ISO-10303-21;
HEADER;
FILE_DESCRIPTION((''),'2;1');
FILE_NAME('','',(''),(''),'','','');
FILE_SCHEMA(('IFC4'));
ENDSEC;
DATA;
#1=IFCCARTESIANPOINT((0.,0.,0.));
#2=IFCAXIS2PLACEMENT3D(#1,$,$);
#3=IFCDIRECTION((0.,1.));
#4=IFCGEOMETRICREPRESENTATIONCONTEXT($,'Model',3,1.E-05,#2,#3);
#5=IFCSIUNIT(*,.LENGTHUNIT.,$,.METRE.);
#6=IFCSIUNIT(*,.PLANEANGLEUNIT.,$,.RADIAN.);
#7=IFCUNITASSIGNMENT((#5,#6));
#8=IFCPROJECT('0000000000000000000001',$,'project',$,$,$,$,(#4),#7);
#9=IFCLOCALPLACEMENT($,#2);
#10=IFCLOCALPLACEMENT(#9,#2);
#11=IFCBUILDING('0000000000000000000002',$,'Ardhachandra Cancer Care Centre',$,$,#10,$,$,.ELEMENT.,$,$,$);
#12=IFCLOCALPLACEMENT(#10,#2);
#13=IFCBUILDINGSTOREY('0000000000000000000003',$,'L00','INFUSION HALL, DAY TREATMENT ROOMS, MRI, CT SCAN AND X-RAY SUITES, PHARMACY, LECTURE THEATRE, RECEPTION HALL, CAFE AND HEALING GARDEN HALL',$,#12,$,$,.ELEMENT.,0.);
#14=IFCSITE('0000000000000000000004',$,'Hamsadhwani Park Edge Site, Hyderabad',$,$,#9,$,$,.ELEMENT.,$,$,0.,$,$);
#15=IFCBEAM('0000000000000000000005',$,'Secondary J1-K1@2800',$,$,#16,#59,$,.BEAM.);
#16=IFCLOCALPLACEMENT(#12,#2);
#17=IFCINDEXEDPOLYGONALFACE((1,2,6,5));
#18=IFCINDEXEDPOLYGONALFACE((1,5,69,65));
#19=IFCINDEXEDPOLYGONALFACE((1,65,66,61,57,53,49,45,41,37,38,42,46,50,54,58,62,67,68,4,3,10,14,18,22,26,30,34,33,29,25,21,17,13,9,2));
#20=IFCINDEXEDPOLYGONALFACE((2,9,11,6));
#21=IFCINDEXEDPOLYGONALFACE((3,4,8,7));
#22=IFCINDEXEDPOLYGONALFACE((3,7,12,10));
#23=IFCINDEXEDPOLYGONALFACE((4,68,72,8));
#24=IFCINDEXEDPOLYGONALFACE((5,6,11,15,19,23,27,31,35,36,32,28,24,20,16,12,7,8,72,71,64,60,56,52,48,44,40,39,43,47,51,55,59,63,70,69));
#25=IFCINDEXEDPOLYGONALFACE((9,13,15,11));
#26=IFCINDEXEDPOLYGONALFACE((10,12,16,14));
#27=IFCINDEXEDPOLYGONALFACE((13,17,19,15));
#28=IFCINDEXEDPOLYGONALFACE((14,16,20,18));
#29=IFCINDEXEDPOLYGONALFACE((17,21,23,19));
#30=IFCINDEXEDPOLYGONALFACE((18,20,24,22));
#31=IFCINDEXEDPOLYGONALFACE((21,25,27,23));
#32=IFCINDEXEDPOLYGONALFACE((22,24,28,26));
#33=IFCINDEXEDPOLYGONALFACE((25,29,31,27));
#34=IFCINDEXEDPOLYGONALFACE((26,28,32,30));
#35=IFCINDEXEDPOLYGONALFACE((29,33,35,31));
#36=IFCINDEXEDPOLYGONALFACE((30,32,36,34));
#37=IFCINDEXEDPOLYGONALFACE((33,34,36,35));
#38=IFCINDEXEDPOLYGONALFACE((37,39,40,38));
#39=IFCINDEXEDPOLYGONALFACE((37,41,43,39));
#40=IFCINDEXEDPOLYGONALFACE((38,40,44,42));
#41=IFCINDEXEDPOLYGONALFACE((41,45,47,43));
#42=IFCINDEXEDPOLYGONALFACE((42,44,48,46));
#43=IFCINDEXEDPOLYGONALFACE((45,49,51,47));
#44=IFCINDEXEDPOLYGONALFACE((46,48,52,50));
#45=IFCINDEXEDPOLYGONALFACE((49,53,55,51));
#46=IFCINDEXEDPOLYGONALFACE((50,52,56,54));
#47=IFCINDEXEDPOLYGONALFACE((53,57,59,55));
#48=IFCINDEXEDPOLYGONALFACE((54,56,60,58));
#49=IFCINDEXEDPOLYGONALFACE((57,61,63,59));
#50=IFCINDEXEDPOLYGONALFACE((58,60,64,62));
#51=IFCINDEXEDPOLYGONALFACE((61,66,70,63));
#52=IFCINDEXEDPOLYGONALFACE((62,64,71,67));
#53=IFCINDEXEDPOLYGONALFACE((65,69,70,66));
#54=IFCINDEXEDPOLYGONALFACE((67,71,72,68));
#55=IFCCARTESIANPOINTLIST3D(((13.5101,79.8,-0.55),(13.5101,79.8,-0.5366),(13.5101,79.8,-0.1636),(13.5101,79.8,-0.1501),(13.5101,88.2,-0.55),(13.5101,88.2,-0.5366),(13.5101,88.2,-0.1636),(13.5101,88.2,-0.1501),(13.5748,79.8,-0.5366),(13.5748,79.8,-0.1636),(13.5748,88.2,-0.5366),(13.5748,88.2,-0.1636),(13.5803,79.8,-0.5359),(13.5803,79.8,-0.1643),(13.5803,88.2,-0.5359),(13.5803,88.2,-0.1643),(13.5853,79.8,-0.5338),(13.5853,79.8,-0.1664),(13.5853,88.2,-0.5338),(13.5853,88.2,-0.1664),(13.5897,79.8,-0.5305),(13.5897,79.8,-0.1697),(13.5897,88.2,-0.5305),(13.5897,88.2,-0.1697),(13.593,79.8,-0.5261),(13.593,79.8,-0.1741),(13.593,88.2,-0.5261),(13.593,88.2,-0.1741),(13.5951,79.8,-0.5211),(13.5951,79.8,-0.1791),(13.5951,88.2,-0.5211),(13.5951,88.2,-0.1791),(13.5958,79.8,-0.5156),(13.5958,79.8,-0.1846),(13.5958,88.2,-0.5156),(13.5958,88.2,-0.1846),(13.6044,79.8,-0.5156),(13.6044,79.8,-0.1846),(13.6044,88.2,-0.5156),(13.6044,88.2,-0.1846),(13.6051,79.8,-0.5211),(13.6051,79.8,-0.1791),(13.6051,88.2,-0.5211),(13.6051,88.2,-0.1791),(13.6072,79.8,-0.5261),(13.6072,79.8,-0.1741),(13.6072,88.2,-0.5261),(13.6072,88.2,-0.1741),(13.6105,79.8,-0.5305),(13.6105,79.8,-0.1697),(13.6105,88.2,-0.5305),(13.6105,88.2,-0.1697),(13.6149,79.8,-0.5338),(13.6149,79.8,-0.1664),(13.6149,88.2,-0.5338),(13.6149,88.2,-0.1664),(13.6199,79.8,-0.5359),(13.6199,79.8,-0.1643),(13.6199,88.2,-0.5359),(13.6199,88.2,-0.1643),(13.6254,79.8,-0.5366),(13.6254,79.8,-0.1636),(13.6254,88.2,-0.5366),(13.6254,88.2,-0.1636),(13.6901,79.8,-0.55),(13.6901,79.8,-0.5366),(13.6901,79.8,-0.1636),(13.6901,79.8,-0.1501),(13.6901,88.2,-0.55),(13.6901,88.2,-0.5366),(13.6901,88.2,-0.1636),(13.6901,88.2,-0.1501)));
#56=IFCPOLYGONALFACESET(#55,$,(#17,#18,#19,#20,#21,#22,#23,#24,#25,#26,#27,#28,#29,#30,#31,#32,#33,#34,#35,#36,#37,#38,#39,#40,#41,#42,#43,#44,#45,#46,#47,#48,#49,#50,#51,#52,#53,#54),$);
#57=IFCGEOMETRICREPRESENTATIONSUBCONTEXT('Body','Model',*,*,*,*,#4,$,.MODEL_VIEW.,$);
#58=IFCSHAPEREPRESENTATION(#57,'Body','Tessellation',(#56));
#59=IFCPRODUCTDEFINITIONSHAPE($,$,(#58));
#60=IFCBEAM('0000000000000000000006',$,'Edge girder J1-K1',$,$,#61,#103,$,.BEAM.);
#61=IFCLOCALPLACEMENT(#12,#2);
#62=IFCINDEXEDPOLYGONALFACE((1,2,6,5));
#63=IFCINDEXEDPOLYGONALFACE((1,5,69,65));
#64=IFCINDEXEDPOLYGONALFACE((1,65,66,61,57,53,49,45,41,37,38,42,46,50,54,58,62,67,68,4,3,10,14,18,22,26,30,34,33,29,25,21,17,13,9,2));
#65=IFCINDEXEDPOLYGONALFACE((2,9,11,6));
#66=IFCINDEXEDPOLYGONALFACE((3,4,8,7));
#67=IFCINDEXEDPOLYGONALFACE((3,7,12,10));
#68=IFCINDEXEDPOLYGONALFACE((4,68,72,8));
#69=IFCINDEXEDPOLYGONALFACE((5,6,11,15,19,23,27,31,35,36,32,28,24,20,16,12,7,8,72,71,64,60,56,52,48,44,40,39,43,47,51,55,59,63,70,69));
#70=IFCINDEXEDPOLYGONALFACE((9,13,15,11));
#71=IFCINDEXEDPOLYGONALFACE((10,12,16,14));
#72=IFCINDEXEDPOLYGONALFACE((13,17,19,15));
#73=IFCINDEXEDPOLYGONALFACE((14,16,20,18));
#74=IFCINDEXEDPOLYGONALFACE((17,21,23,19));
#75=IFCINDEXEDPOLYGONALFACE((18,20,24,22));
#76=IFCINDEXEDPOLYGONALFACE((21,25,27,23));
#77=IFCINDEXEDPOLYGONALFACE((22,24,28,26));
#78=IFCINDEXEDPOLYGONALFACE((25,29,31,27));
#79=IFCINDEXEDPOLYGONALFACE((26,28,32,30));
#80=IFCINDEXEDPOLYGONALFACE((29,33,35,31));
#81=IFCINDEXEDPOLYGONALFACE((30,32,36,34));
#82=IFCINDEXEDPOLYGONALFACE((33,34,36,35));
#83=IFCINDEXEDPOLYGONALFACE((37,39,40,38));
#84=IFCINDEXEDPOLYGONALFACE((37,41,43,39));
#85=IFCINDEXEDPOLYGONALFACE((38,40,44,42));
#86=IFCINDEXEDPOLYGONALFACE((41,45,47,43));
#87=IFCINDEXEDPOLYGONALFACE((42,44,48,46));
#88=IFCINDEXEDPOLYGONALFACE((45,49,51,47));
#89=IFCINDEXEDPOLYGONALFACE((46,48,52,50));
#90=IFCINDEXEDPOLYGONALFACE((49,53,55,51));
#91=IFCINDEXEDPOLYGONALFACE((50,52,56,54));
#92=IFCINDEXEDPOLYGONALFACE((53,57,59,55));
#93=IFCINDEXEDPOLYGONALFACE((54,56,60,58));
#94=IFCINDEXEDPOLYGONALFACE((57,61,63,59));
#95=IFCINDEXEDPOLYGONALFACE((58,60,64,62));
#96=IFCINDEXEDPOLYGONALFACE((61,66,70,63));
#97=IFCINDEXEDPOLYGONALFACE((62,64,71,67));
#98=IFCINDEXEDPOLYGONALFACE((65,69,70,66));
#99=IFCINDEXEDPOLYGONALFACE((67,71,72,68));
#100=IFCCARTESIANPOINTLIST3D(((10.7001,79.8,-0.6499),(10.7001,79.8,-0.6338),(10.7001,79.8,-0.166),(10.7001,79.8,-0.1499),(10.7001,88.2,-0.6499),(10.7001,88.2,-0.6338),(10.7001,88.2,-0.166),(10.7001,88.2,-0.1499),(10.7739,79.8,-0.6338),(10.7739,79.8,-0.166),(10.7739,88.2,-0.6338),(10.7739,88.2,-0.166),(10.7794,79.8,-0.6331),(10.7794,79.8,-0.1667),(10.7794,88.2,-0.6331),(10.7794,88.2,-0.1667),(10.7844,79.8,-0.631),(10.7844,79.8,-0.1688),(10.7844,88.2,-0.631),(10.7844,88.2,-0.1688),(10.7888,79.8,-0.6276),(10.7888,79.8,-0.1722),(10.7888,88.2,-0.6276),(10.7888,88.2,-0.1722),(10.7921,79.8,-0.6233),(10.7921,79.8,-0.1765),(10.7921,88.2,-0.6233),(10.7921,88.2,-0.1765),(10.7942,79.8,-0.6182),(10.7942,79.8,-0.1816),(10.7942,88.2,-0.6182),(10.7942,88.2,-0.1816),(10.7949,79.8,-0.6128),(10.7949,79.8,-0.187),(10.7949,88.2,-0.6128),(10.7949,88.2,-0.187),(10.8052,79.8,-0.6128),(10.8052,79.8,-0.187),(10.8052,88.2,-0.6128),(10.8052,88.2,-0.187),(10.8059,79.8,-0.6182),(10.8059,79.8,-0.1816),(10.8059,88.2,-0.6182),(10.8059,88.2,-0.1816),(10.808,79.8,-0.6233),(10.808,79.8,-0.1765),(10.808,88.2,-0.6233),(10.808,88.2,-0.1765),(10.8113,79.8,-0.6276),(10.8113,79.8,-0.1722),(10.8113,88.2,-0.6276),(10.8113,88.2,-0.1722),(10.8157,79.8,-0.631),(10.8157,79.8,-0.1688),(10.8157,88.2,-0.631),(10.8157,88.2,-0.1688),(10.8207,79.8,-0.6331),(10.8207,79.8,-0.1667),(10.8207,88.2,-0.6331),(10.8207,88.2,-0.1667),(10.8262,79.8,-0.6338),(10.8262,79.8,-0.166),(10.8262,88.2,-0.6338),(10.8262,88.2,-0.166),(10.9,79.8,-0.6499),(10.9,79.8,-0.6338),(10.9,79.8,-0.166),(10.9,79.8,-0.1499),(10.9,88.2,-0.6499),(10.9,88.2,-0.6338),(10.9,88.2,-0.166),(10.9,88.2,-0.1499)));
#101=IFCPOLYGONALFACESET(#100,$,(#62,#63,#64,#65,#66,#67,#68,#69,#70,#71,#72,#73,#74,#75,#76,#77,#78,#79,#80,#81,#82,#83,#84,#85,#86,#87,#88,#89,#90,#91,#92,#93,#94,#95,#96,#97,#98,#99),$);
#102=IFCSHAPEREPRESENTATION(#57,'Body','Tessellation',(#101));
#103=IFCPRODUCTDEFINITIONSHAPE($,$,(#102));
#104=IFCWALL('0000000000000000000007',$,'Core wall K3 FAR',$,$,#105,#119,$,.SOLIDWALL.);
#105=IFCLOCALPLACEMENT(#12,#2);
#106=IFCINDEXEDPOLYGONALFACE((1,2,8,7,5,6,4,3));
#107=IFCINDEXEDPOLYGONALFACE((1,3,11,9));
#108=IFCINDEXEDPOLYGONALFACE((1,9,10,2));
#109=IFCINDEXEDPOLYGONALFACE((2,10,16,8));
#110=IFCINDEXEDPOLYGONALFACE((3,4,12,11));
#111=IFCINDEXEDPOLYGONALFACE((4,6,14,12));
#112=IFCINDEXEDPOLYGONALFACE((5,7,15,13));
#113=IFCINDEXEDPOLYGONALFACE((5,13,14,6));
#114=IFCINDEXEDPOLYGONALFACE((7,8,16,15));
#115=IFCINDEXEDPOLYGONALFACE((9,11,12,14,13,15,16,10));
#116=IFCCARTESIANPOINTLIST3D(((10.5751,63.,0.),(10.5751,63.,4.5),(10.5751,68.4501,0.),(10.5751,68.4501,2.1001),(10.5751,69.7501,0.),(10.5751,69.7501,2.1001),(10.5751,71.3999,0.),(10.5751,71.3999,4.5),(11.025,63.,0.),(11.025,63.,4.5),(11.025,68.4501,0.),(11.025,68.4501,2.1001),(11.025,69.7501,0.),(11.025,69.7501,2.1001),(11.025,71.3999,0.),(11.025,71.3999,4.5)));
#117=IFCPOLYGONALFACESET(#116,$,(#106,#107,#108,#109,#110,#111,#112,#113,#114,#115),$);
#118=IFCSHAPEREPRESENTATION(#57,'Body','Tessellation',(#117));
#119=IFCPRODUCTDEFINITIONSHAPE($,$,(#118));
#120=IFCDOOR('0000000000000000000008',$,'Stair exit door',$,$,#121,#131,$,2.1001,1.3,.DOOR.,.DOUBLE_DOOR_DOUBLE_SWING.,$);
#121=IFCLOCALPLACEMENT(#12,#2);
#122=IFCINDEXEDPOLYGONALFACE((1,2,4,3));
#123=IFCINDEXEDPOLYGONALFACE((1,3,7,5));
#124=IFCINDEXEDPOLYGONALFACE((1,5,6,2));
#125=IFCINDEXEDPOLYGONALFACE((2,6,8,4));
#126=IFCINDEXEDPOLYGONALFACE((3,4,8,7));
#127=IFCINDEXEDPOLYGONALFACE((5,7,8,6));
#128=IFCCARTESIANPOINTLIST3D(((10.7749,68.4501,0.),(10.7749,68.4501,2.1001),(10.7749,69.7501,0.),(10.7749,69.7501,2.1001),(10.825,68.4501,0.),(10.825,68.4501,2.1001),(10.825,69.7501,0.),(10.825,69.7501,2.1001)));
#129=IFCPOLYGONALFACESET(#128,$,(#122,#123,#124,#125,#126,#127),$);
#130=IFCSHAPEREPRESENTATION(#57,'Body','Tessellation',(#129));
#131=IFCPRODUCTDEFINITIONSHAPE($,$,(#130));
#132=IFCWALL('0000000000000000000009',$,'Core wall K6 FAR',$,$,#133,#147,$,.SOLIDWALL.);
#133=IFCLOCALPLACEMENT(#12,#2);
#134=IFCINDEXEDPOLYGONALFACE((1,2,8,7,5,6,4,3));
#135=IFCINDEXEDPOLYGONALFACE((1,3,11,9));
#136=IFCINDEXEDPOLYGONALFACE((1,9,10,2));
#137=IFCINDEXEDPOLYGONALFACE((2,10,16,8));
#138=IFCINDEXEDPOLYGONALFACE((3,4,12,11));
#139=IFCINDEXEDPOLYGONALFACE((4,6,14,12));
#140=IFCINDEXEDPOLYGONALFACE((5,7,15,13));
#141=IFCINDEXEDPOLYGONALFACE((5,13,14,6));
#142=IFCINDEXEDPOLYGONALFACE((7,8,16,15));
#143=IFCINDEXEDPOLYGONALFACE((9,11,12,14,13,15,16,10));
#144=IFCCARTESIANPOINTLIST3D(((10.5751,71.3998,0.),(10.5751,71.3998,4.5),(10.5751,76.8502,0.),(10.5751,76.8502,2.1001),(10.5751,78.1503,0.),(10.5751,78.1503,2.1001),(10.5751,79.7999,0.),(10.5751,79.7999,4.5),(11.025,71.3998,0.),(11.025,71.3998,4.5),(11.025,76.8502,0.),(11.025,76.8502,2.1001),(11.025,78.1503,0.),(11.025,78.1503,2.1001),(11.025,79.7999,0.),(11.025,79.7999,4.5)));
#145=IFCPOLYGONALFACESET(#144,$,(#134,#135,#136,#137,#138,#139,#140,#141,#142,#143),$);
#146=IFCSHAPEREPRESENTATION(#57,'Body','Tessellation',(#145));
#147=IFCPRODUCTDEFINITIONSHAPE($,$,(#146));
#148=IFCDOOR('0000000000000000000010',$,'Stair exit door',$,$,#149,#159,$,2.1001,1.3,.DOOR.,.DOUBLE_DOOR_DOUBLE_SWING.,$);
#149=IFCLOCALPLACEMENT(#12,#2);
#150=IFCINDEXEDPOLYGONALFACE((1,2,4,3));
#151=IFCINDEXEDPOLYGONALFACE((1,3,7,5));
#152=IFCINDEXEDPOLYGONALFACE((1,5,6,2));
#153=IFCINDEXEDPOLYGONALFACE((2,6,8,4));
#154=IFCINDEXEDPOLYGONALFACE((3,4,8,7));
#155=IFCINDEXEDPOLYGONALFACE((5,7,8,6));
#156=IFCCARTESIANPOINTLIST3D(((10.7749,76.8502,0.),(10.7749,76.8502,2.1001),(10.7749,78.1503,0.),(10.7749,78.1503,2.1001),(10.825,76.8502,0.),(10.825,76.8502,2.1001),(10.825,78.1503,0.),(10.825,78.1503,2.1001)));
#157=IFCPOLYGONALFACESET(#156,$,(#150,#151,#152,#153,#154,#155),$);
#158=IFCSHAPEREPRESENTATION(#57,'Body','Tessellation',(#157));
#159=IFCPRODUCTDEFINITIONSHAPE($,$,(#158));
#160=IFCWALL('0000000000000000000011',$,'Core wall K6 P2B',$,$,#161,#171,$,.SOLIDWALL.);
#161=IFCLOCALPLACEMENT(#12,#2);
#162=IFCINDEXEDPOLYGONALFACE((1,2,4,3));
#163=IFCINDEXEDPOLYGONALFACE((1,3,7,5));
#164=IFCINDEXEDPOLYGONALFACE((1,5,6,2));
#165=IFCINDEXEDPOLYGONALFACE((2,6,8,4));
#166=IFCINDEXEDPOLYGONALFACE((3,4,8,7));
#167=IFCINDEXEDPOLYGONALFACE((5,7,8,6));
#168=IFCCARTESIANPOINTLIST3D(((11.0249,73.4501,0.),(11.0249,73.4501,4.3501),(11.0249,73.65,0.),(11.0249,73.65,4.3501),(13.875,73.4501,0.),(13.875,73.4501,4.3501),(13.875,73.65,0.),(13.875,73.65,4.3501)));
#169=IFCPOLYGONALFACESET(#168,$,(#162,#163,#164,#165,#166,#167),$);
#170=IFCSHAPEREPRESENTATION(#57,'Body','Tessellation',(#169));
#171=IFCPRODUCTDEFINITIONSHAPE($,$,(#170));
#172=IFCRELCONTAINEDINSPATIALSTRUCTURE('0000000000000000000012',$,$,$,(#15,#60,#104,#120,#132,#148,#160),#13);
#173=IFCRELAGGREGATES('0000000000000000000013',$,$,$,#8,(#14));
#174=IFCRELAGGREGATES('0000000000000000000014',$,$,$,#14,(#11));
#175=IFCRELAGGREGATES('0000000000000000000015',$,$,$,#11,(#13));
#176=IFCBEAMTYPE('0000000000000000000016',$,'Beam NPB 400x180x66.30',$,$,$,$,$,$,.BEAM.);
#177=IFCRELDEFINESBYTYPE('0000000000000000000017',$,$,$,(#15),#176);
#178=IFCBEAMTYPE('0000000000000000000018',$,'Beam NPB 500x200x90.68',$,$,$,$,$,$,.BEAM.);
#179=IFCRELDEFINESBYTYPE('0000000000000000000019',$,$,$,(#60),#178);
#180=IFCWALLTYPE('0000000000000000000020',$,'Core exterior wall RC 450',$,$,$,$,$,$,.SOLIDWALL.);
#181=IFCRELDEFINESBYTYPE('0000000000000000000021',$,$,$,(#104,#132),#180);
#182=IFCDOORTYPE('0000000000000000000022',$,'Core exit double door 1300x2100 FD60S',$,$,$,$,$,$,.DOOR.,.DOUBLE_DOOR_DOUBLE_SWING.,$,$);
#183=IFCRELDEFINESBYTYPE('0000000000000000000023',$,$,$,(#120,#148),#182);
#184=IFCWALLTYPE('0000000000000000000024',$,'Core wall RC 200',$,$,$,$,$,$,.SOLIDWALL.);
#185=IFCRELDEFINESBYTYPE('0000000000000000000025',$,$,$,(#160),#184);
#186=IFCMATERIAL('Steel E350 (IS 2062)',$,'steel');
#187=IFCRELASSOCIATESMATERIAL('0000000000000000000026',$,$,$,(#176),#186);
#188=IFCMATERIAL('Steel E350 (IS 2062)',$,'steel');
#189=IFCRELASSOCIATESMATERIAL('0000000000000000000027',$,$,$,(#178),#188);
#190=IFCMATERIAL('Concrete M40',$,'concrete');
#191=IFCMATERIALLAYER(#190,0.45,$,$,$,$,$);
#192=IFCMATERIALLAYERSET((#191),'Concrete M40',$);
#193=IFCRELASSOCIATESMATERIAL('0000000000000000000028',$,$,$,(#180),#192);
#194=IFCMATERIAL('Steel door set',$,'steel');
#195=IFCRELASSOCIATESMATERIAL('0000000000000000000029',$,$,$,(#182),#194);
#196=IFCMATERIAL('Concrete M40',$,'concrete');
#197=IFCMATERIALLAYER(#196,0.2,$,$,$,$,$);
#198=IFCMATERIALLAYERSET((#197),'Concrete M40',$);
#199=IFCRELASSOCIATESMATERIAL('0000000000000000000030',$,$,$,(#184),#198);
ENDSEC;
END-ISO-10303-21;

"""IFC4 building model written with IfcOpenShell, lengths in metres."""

from ifc_helpers import new_model, si_unit, direction, frame, frame_2d, origin, origin_2d, place, context, subcontext, project, spatial, rectangle, i_section, extrude, material, layer, layer_set, material_profile, profile_set, type_object, element, fill, save


model = new_model("IFC4")

# Units and contexts
model_context = context("Model", 3, precision=1e-05, world=origin(), true_north=direction((0.0, 1.0)))
body_context = subcontext(model_context, "Body", "Model", "MODEL_VIEW")
ifc_project = project(units=[si_unit("LENGTHUNIT", "METRE"), si_unit("PLANEANGLEUNIT", "RADIAN")], contexts=[model_context])

# Site, building, storey
site_placement = place(None, origin())
site = spatial("IfcSite", under=ifc_project, at=site_placement, Name="Hamsadhwani Park Edge Site, Hyderabad", CompositionType="ELEMENT", RefElevation=0.0)
building_placement = place(site_placement, origin())
building = spatial("IfcBuilding", under=site, at=building_placement, Name="Ardhachandra Cancer Care Centre", CompositionType="ELEMENT")
storey_placement = place(building_placement, origin())
storey = spatial("IfcBuildingStorey", under=building, at=storey_placement, Name="L00", Description="INFUSION HALL, DAY TREATMENT ROOMS, MRI, CT SCAN AND X-RAY SUITES, PHARMACY, LECTURE THEATRE, RECEPTION HALL, CAFE AND HEALING GARDEN HALL", CompositionType="ELEMENT", Elevation=0.0)

# Beams
ifc_material_1 = material(Name="Steel E350 (IS 2062)", Category="steel")
ifc_material_profile_1 = material_profile(ifc_material_1, i_section(OverallWidth=0.1799, OverallDepth=0.3999, WebThickness=0.0085, FlangeThickness=0.0134, FilletRadius=0.021, at=origin_2d()), Name="NPB 400x180x66.30")
ifc_profile_set_1 = profile_set([ifc_material_profile_1], Name="Steel E350 (IS 2062)")
beam_type_1 = type_object("IfcBeamType", Name="Beam NPB 400x180x66.30", PredefinedType="BEAM", material=ifc_profile_set_1)
beam_1_placement = place(storey_placement, frame((13.6001, 79.8, -0.3501), z_axis=(0.0, 1.0, 0.0), x_axis=(-1.0, 0.0, 0.0)))
element("IfcBeam", 1, at=beam_1_placement, inside=storey, type_object=beam_type_1, Name="Secondary J1-K1@2800", PredefinedType="BEAM", context=body_context, shape_type="SweptSolid", body=[
    extrude(i_section(OverallWidth=0.1799, OverallDepth=0.3999, WebThickness=0.0085, FlangeThickness=0.0134, FilletRadius=0.021, at=origin_2d()), origin(), (0.0, 0.0, 1.0), 8.3999),
])
ifc_material_2 = material(Name="Steel E350 (IS 2062)", Category="steel")
ifc_material_profile_2 = material_profile(ifc_material_2, i_section(OverallWidth=0.2, OverallDepth=0.5, WebThickness=0.0103, FlangeThickness=0.0161, FilletRadius=0.021, at=origin_2d()), Name="NPB 500x200x90.68")
ifc_profile_set_2 = profile_set([ifc_material_profile_2], Name="Steel E350 (IS 2062)")
beam_type_2 = type_object("IfcBeamType", Name="Beam NPB 500x200x90.68", PredefinedType="BEAM", material=ifc_profile_set_2)
beam_2_placement = place(storey_placement, frame((10.8, 79.8, -0.3999), z_axis=(0.0, 1.0, 0.0), x_axis=(-1.0, 0.0, 0.0)))
element("IfcBeam", 2, at=beam_2_placement, inside=storey, type_object=beam_type_2, Name="Edge girder J1-K1", PredefinedType="BEAM", context=body_context, shape_type="SweptSolid", body=[
    extrude(i_section(OverallWidth=0.2, OverallDepth=0.5, WebThickness=0.0103, FlangeThickness=0.0161, FilletRadius=0.021, at=origin_2d()), origin(), (0.0, 0.0, 1.0), 8.3999),
])

# Walls, openings, doors
ifc_material_3 = material(Name="Concrete M40", Category="concrete")
ifc_layer_1 = layer(ifc_material_3, 0.45)
ifc_layer_set_1 = layer_set([ifc_layer_1], Name="Concrete M40")
wall_type_1 = type_object("IfcWallType", Name="Core exterior wall RC 450", PredefinedType="SOLIDWALL", material=ifc_layer_set_1)
wall_1_placement = place(storey_placement, frame((10.8, 71.3999, 0.0), z_axis=(0.0, 0.0, 1.0), x_axis=(0.0, -1.0, 0.0)))
wall_1 = element("IfcWall", 3, at=wall_1_placement, inside=storey, type_object=wall_type_1, Name="Core wall K3 FAR", PredefinedType="SOLIDWALL", context=body_context, shape_type="SweptSolid", body=[
    extrude(rectangle(XDim=8.3999, YDim=0.45, at=frame_2d((4.2, 0.0))), origin(), (0.0, 0.0, 1.0), 4.5),
])
opening_1_placement = place(wall_1_placement, frame((1.6499, 0.0, 0.0)))
opening_1 = element("IfcOpeningElement", 4, at=opening_1_placement, cuts=wall_1, PredefinedType="OPENING", context=body_context, shape_type="SweptSolid", body=[
    extrude(rectangle(XDim=1.3, YDim=2.1001, at=frame_2d((0.6499, 1.05))), frame((0.0, 0.2349, 0.0), z_axis=(0.0, -1.0, 0.0), x_axis=(1.0, 0.0, 0.0)), (0.0, 0.0, 1.0), 0.47),
])
ifc_material_4 = material(Name="Steel door set", Category="steel")
door_type_1 = type_object("IfcDoorType", Name="Core exit double door 1300x2100 FD60S", OperationType="DOUBLE_DOOR_DOUBLE_SWING", PredefinedType="DOOR", material=ifc_material_4)
door_1_placement = place(opening_1_placement, origin())
door_1 = element("IfcDoor", 5, at=door_1_placement, inside=storey, type_object=door_type_1, Name="Stair exit door", OperationType="DOUBLE_DOOR_DOUBLE_SWING", OverallHeight=2.1001, OverallWidth=1.3, PredefinedType="DOOR", context=body_context, shape_type="SweptSolid", body=[
    extrude(rectangle(XDim=1.3, YDim=2.1001, at=frame_2d((0.6499, 1.05))), frame((0.0, 0.0249, 0.0), z_axis=(0.0, -1.0, 0.0), x_axis=(1.0, 0.0, 0.0)), (0.0, 0.0, 1.0), 0.05),
])
fill(opening_1, door_1)
wall_2_placement = place(storey_placement, frame((10.8, 79.8, 0.0), z_axis=(0.0, 0.0, 1.0), x_axis=(0.0, -1.0, 0.0)))
wall_2 = element("IfcWall", 6, at=wall_2_placement, inside=storey, type_object=wall_type_1, Name="Core wall K6 FAR", PredefinedType="SOLIDWALL", context=body_context, shape_type="SweptSolid", body=[
    extrude(rectangle(XDim=8.4001, YDim=0.45, at=frame_2d((4.2002, 0.0))), origin(), (0.0, 0.0, 1.0), 4.5),
])
opening_2_placement = place(wall_2_placement, frame((1.6499, 0.0, 0.0)))
opening_2 = element("IfcOpeningElement", 7, at=opening_2_placement, cuts=wall_2, PredefinedType="OPENING", context=body_context, shape_type="SweptSolid", body=[
    extrude(rectangle(XDim=1.3, YDim=2.1001, at=frame_2d((0.6499, 1.05))), frame((0.0, 0.2349, 0.0), z_axis=(0.0, -1.0, 0.0), x_axis=(1.0, 0.0, 0.0)), (0.0, 0.0, 1.0), 0.47),
])
door_2_placement = place(opening_2_placement, origin())
door_2 = element("IfcDoor", 8, at=door_2_placement, inside=storey, type_object=door_type_1, Name="Stair exit door", OperationType="DOUBLE_DOOR_DOUBLE_SWING", OverallHeight=2.1001, OverallWidth=1.3, PredefinedType="DOOR", context=body_context, shape_type="SweptSolid", body=[
    extrude(rectangle(XDim=1.3, YDim=2.1001, at=frame_2d((0.6499, 1.05))), frame((0.0, 0.0249, 0.0), z_axis=(0.0, -1.0, 0.0), x_axis=(1.0, 0.0, 0.0)), (0.0, 0.0, 1.0), 0.05),
])
fill(opening_2, door_2)

# Wall
ifc_material_5 = material(Name="Concrete M40", Category="concrete")
ifc_layer_2 = layer(ifc_material_5, 0.2)
ifc_layer_set_2 = layer_set([ifc_layer_2], Name="Concrete M40")
wall_type_2 = type_object("IfcWallType", Name="Core wall RC 200", PredefinedType="SOLIDWALL", material=ifc_layer_set_2)
wall_3_placement = place(storey_placement, frame((13.875, 73.55, 0.0), z_axis=(0.0, 0.0, 1.0), x_axis=(-1.0, 0.0, 0.0)))
element("IfcWall", 9, at=wall_3_placement, inside=storey, type_object=wall_type_2, Name="Core wall K6 P2B", PredefinedType="SOLIDWALL", context=body_context, shape_type="SweptSolid", body=[
    extrude(rectangle(XDim=2.8501, YDim=0.2, at=frame_2d((1.425, 0.0))), origin(), (0.0, 0.0, 1.0), 4.3501),
])

save(model, "model.ifc")
